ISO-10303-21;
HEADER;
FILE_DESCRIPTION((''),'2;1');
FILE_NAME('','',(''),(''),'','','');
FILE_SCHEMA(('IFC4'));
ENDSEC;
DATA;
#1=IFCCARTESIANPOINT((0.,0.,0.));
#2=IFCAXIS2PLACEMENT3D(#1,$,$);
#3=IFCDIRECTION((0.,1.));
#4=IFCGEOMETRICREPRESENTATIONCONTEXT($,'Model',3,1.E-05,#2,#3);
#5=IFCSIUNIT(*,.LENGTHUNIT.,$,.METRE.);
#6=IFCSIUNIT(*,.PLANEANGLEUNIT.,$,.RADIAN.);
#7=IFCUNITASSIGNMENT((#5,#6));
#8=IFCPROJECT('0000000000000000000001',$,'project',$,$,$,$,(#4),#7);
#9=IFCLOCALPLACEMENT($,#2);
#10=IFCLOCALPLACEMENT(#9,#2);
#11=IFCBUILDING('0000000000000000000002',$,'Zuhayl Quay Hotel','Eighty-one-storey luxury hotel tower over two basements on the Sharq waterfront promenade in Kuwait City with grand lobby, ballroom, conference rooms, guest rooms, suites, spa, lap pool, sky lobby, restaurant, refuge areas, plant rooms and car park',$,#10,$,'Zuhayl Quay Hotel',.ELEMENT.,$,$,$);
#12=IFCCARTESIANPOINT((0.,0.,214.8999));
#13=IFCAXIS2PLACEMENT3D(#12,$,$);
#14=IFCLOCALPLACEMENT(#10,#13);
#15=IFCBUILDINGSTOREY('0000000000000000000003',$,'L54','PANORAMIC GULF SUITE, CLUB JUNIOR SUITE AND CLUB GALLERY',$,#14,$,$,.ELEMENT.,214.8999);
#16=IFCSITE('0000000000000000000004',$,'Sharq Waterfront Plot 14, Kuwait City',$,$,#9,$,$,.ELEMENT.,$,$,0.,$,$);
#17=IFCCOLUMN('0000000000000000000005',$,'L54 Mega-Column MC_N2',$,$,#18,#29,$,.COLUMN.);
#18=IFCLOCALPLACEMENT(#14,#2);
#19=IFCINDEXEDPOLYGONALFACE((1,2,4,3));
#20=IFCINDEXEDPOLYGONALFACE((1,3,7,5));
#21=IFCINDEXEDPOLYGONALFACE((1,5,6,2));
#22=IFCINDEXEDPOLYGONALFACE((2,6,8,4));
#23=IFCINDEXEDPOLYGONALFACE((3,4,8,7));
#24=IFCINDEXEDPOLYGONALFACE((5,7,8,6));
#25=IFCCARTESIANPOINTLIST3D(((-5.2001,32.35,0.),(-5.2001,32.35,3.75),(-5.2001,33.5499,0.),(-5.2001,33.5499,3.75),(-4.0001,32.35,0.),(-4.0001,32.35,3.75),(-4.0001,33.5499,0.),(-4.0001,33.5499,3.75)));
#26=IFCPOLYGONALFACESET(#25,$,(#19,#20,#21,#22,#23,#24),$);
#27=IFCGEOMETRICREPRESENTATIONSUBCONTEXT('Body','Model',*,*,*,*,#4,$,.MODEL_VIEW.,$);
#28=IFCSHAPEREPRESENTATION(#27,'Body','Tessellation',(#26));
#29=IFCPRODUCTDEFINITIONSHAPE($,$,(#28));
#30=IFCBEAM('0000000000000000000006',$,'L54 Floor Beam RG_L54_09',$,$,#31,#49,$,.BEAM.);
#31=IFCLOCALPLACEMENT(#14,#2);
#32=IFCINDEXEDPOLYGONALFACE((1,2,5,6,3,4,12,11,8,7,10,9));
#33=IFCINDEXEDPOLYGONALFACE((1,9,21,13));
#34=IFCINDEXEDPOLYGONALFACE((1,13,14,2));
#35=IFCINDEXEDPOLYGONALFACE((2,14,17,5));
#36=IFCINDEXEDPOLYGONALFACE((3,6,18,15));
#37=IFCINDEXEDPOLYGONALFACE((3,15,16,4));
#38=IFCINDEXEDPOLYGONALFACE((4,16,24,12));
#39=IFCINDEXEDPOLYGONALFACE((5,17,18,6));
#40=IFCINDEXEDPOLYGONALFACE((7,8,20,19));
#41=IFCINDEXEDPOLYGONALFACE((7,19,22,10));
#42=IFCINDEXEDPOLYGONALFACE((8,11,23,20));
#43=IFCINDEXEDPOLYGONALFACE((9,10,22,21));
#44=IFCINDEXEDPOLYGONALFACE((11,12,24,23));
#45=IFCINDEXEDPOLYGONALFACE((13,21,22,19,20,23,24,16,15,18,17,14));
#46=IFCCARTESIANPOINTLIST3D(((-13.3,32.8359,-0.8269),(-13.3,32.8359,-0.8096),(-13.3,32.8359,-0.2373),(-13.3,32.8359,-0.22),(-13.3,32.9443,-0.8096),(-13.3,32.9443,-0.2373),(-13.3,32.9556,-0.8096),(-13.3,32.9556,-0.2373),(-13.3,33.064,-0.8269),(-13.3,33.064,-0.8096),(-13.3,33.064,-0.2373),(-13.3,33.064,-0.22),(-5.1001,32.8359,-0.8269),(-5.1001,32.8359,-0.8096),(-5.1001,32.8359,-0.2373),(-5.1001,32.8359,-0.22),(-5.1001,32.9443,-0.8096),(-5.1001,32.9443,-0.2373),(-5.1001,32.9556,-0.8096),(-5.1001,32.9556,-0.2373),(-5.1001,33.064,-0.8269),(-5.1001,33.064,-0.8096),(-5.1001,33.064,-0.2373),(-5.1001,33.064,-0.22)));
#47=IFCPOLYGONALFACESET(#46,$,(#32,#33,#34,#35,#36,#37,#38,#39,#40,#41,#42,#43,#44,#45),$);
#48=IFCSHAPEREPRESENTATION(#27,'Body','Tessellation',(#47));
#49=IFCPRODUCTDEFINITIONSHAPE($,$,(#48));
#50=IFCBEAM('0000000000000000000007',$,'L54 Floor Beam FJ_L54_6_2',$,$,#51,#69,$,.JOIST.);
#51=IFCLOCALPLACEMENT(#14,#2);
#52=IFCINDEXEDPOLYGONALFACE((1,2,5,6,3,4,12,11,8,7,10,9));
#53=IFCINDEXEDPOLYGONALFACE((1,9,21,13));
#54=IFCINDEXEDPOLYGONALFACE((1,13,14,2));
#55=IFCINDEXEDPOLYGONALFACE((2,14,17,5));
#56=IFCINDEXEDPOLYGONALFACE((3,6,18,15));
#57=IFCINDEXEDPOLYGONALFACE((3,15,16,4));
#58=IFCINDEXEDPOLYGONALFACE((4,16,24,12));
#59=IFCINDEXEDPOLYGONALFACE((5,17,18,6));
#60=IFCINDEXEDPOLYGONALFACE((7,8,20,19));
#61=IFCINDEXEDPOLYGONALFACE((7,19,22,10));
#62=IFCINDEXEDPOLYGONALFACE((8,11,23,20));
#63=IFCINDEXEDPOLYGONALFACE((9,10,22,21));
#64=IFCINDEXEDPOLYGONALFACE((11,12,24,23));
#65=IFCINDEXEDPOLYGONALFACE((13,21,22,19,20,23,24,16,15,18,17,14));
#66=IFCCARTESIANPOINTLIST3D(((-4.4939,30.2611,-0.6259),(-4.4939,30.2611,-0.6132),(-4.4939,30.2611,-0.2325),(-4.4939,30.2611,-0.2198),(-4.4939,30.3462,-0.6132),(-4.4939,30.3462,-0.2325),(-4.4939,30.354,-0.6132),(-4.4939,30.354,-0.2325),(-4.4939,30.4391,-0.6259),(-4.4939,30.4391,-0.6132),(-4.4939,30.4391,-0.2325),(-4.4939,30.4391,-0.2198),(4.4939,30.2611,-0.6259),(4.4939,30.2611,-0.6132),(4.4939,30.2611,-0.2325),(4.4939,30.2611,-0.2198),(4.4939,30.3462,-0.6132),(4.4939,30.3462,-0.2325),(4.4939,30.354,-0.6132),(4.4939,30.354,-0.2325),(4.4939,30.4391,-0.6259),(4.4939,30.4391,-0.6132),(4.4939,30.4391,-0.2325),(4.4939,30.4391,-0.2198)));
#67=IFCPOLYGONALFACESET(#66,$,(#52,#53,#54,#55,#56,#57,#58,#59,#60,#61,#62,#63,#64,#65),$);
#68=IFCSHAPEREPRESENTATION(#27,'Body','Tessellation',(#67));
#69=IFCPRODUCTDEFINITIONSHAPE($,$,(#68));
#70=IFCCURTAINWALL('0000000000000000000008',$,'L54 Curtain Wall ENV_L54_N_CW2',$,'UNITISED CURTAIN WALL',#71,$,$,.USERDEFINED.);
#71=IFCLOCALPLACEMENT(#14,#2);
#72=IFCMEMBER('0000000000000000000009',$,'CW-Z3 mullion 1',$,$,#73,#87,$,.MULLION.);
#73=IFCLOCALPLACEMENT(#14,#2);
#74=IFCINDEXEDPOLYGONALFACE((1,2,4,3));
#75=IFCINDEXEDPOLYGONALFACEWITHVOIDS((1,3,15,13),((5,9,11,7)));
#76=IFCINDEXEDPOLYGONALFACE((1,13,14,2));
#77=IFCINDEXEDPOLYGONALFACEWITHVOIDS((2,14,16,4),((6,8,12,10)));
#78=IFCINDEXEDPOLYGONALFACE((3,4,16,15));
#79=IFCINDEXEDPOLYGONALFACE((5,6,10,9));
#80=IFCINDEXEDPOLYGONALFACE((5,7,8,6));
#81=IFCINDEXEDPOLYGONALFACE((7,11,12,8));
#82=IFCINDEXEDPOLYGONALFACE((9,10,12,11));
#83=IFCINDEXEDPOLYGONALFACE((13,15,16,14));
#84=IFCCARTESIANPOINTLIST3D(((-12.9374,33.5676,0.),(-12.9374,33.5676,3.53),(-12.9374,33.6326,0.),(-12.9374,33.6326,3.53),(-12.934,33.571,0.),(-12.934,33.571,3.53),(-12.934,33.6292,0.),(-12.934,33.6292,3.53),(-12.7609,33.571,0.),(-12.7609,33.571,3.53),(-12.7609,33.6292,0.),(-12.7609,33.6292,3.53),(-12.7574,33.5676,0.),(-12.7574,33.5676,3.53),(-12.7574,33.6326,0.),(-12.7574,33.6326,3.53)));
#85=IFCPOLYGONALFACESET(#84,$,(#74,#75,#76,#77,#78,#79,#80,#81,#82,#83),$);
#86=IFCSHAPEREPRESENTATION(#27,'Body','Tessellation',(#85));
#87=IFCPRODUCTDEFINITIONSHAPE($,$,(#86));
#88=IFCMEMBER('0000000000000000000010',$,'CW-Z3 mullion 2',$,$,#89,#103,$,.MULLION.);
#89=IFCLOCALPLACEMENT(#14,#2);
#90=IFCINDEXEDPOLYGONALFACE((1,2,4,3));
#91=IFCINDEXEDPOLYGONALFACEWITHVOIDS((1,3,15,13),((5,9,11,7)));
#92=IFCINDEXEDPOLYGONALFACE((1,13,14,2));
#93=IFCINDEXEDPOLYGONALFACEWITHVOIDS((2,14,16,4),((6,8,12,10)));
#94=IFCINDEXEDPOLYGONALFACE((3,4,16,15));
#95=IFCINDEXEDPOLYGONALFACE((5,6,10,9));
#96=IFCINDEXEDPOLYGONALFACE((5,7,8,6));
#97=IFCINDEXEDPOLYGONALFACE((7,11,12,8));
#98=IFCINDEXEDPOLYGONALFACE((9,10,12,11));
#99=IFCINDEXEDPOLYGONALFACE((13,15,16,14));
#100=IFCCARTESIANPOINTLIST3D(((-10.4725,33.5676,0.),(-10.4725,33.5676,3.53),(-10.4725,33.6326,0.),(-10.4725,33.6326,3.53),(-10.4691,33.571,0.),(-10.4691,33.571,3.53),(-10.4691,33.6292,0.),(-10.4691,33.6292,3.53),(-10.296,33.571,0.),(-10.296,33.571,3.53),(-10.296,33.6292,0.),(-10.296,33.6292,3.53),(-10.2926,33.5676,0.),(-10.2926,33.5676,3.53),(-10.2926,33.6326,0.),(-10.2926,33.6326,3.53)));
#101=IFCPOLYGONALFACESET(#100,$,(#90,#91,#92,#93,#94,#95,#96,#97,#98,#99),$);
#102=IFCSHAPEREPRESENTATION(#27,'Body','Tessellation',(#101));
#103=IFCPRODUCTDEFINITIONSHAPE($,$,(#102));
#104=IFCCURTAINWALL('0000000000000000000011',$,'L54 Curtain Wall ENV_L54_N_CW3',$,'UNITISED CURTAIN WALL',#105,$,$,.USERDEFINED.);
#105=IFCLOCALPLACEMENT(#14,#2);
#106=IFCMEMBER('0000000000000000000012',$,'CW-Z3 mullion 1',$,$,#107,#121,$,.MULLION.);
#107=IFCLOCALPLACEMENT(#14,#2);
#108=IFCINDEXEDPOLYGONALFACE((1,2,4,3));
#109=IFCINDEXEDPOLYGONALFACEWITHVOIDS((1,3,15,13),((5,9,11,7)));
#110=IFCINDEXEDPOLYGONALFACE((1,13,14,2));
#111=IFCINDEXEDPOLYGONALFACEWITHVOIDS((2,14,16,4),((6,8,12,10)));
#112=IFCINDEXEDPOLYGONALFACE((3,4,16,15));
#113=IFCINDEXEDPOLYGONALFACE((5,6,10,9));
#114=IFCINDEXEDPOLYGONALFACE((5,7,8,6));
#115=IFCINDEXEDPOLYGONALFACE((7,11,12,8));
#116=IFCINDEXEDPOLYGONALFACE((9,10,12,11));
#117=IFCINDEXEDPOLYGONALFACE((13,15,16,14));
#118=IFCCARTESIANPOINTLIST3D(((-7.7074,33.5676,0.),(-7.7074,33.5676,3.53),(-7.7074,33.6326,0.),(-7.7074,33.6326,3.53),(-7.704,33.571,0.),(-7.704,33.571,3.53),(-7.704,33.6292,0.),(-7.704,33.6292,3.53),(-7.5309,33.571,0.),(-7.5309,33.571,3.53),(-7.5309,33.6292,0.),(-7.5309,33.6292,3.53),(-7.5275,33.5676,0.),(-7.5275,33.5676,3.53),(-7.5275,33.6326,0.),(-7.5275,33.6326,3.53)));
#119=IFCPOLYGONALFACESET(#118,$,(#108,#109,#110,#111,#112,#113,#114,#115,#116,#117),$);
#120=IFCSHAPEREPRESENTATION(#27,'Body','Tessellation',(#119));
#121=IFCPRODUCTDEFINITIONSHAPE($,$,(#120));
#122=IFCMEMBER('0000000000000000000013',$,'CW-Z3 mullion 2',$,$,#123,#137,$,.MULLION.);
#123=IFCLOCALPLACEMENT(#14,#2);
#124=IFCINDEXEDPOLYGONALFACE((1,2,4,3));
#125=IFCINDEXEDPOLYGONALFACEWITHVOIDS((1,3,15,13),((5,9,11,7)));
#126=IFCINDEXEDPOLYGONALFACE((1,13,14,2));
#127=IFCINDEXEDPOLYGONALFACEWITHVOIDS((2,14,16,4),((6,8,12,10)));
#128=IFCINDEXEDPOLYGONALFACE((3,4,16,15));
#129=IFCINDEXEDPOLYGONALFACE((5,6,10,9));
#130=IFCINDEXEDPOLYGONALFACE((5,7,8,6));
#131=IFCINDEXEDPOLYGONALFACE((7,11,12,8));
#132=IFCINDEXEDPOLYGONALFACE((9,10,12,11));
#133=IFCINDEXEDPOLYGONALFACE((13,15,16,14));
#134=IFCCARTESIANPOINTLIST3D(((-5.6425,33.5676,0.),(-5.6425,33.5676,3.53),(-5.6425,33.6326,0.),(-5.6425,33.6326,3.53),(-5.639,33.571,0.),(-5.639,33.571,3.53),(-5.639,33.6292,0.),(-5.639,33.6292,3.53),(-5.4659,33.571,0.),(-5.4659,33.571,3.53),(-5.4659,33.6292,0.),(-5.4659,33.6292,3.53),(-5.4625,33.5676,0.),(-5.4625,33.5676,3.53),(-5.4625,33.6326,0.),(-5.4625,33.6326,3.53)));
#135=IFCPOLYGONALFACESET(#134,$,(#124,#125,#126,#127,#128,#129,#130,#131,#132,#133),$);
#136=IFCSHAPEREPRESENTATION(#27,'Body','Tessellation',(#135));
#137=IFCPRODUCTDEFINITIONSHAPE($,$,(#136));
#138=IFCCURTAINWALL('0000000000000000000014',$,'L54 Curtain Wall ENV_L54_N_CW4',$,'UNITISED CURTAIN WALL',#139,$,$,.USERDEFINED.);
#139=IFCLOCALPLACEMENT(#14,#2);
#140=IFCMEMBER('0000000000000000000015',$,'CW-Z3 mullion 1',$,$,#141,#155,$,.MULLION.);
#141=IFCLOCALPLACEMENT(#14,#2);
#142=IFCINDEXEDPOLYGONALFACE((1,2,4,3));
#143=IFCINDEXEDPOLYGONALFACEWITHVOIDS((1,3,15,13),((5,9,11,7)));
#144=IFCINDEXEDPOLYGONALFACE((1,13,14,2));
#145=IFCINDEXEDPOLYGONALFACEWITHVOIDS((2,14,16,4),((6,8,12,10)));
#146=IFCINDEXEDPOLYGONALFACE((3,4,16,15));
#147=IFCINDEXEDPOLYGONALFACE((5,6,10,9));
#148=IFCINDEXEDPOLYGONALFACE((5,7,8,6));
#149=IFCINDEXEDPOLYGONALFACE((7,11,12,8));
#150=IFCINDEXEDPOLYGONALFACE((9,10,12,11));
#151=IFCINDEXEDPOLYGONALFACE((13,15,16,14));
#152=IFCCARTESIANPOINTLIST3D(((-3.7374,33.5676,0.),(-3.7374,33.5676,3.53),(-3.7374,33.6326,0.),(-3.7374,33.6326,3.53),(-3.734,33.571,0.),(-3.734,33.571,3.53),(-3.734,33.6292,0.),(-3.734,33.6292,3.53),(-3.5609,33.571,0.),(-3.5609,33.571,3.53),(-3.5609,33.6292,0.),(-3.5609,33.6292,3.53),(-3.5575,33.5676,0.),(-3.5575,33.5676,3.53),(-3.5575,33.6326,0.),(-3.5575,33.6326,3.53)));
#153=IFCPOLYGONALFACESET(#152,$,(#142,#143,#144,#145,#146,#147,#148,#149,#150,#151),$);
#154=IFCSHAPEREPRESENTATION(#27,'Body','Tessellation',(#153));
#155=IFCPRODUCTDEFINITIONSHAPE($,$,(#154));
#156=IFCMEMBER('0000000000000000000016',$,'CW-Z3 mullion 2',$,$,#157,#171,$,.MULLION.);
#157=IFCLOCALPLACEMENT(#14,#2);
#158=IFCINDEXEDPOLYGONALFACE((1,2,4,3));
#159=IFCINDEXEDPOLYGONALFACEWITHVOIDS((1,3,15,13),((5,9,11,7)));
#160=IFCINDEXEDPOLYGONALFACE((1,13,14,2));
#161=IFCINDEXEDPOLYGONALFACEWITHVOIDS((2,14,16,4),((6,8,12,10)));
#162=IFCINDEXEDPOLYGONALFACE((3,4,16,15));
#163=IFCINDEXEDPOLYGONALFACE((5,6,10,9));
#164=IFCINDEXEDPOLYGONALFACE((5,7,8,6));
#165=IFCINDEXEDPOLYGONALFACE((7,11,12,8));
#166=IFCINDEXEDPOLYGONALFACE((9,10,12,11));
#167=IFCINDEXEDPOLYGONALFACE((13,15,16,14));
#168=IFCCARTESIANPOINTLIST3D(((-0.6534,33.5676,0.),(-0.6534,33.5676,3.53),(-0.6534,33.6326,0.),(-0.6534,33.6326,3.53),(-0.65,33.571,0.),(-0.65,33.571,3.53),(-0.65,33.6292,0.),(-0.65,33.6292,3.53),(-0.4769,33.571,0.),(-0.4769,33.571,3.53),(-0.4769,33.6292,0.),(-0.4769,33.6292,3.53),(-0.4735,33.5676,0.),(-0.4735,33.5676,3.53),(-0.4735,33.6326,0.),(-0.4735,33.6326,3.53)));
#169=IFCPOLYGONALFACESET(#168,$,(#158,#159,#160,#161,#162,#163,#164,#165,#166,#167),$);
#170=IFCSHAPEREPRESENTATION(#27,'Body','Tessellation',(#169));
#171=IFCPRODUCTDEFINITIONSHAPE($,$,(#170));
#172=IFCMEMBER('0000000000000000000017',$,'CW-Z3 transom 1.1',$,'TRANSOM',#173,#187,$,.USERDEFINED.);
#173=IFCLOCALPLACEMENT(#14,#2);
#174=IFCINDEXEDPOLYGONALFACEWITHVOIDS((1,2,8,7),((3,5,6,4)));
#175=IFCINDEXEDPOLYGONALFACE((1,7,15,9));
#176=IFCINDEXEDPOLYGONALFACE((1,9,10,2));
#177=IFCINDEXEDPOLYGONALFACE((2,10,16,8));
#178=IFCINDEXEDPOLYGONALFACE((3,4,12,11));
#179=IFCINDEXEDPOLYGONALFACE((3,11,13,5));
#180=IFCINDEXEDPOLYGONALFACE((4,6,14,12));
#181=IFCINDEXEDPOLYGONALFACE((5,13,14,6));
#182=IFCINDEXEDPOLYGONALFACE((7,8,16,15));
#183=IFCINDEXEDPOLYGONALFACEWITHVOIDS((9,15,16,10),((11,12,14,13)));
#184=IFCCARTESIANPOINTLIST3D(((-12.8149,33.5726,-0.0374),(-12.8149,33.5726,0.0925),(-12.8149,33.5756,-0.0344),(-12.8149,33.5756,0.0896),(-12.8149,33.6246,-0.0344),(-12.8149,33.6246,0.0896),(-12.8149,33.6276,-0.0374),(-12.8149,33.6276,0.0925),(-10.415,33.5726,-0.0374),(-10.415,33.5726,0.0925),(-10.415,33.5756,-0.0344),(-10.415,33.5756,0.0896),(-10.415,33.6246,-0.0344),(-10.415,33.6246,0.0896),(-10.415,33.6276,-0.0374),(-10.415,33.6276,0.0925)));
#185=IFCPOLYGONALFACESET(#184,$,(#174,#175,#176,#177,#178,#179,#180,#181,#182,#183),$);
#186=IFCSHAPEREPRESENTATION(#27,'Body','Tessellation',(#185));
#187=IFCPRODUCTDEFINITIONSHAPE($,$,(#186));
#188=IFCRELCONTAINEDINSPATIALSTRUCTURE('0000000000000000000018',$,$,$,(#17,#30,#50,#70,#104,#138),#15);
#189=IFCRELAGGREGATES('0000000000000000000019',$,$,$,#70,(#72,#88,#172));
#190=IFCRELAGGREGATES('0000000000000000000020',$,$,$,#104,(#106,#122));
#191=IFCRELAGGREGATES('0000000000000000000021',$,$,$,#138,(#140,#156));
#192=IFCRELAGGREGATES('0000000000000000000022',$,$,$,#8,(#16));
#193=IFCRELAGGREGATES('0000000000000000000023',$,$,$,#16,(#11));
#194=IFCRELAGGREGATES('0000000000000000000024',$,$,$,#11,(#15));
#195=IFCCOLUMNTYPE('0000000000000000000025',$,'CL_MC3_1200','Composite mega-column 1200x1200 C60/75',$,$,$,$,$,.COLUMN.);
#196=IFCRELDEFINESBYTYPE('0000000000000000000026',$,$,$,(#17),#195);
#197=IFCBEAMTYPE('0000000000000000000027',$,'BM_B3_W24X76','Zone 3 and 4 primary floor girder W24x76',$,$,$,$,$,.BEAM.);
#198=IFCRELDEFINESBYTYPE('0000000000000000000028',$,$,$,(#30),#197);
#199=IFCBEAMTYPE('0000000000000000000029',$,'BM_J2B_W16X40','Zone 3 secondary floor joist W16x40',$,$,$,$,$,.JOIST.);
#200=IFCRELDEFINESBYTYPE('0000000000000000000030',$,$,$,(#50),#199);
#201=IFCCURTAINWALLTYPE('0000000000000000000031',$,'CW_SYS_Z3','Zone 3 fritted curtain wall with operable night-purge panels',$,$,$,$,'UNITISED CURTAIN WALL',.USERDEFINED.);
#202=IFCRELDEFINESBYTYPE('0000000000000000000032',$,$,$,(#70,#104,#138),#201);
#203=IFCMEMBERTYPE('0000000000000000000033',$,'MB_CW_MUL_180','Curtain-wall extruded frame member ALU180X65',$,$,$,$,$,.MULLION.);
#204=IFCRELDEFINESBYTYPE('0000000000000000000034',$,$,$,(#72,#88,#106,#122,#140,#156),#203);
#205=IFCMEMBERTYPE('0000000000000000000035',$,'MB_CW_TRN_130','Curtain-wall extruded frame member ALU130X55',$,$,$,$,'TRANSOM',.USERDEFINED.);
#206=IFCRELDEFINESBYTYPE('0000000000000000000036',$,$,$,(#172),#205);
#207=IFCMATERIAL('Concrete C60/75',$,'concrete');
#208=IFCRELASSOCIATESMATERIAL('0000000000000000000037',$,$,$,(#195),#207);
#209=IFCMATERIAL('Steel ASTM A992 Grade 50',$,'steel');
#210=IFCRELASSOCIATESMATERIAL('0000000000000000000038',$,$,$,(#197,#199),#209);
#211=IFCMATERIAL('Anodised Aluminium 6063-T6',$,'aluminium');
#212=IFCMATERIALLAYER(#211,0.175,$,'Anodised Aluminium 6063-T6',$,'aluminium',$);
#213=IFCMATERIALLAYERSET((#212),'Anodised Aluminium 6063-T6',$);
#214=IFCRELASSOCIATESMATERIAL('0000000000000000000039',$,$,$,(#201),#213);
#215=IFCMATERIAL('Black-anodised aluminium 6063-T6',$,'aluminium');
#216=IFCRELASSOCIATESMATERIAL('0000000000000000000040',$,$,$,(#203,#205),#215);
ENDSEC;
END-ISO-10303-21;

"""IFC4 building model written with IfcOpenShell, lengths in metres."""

from ifc_helpers import new_model, si_unit, direction, frame, origin, origin_2d, place, context, subcontext, project, spatial, rectangle, hollow_rectangle, i_section, extrude, material, layer, layer_set, material_profile, profile_set, type_object, element, aggregate, save


model = new_model("IFC4")

# Units and contexts
model_context = context("Model", 3, precision=1e-05, world=origin(), true_north=direction((0.0, 1.0)))
body_context = subcontext(model_context, "Body", "Model", "MODEL_VIEW")
ifc_project = project(units=[si_unit("LENGTHUNIT", "METRE"), si_unit("PLANEANGLEUNIT", "RADIAN")], contexts=[model_context])

# Site, building, storey
site_placement = place(None, origin())
site = spatial("IfcSite", under=ifc_project, at=site_placement, Name="Sharq Waterfront Plot 14, Kuwait City", CompositionType="ELEMENT", RefElevation=0.0)
building_placement = place(site_placement, origin())
building = spatial("IfcBuilding", under=site, at=building_placement, Name="Zuhayl Quay Hotel", Description="Eighty-one-storey luxury hotel tower over two basements on the Sharq waterfront promenade in Kuwait City with grand lobby, ballroom, conference rooms, guest rooms, suites, spa, lap pool, sky lobby, restaurant, refuge areas, plant rooms and car park", LongName="Zuhayl Quay Hotel", CompositionType="ELEMENT")
storey_placement = place(building_placement, frame((0.0, 0.0, 214.8999)))
storey = spatial("IfcBuildingStorey", under=building, at=storey_placement, Name="L54", Description="PANORAMIC GULF SUITE, CLUB JUNIOR SUITE AND CLUB GALLERY", CompositionType="ELEMENT", Elevation=214.8999)

# Column
ifc_material_1 = material(Name="Concrete C60/75", Category="concrete")
ifc_material_profile_1 = material_profile(ifc_material_1, rectangle(XDim=1.2, YDim=1.2, at=origin_2d()), Name="RC1200X1200")
ifc_profile_set_1 = profile_set([ifc_material_profile_1], Name="Concrete C60/75")
column_type = type_object("IfcColumnType", Name="CL_MC3_1200", Description="Composite mega-column 1200x1200 C60/75", PredefinedType="COLUMN", material=ifc_profile_set_1)
column_placement = place(storey_placement, frame((-4.6001, 32.95, 0.0), z_axis=(0.0, 0.0, 1.0), x_axis=(1.0, 0.0, 0.0)))
element("IfcColumn", 1, at=column_placement, inside=storey, type_object=column_type, Name="L54 Mega-Column MC_N2", PredefinedType="COLUMN", context=body_context, shape_type="SweptSolid", body=[
    extrude(rectangle(XDim=1.2, YDim=1.2, at=origin_2d()), origin(), (0.0, 0.0, 1.0), 3.75),
])

# Beams
ifc_material_2 = material(Name="Steel ASTM A992 Grade 50", Category="steel")
ifc_material_profile_2 = material_profile(ifc_material_2, i_section(OverallWidth=0.228, OverallDepth=0.6069, WebThickness=0.0112, FlangeThickness=0.0173, at=origin_2d()), Name="W24X76")
ifc_profile_set_2 = profile_set([ifc_material_profile_2], Name="Steel ASTM A992 Grade 50")
beam_type_1 = type_object("IfcBeamType", Name="BM_B3_W24X76", Description="Zone 3 and 4 primary floor girder W24x76", PredefinedType="BEAM", material=ifc_profile_set_2)
beam_1_placement = place(storey_placement, frame((-5.1001, 32.95, -0.5234), z_axis=(-1.0, 0.0, 0.0), x_axis=(0.0, -1.0, 0.0)))
element("IfcBeam", 2, at=beam_1_placement, inside=storey, type_object=beam_type_1, Name="L54 Floor Beam RG_L54_09", PredefinedType="BEAM", context=body_context, shape_type="SweptSolid", body=[
    extrude(i_section(OverallWidth=0.228, OverallDepth=0.6069, WebThickness=0.0112, FlangeThickness=0.0173, at=origin_2d()), origin(), (0.0, 0.0, 1.0), 8.2),
])
ifc_material_profile_3 = material_profile(ifc_material_2, i_section(OverallWidth=0.178, OverallDepth=0.406, WebThickness=0.0078, FlangeThickness=0.0127, at=origin_2d()), Name="W16X40")
ifc_profile_set_3 = profile_set([ifc_material_profile_3], Name="Steel ASTM A992 Grade 50")
beam_type_2 = type_object("IfcBeamType", Name="BM_J2B_W16X40", Description="Zone 3 secondary floor joist W16x40", PredefinedType="JOIST", material=ifc_profile_set_3)
beam_2_placement = place(storey_placement, frame((-4.4939, 30.3501, -0.4229), z_axis=(1.0, 0.0, 0.0), x_axis=(0.0, 1.0, 0.0)))
element("IfcBeam", 3, at=beam_2_placement, inside=storey, type_object=beam_type_2, Name="L54 Floor Beam FJ_L54_6_2", PredefinedType="JOIST", context=body_context, shape_type="SweptSolid", body=[
    extrude(i_section(OverallWidth=0.178, OverallDepth=0.406, WebThickness=0.0078, FlangeThickness=0.0127, at=origin_2d()), origin(), (0.0, 0.0, 1.0), 8.9878),
])

# Curtain walls, members
ifc_material_3 = material(Name="Anodised Aluminium 6063-T6", Category="aluminium")
ifc_layer_1 = layer(ifc_material_3, 0.175, Name="Anodised Aluminium 6063-T6", Category="aluminium")
ifc_layer_set_1 = layer_set([ifc_layer_1], Name="Anodised Aluminium 6063-T6")
curtain_wall_type = type_object("IfcCurtainWallType", Name="CW_SYS_Z3", Description="Zone 3 fritted curtain wall with operable night-purge panels", ElementType="UNITISED CURTAIN WALL", PredefinedType="USERDEFINED", material=ifc_layer_set_1)
curtain_wall_1_placement = place(storey_placement, origin())
curtain_wall_1 = element("IfcCurtainWall", 4, at=curtain_wall_1_placement, inside=storey, type_object=curtain_wall_type, Name="L54 Curtain Wall ENV_L54_N_CW2", ObjectType="UNITISED CURTAIN WALL", PredefinedType="USERDEFINED")
ifc_material_4 = material(Name="Black-anodised aluminium 6063-T6", Category="aluminium")
ifc_material_profile_4 = material_profile(ifc_material_4, hollow_rectangle(XDim=0.0649, YDim=0.1799, WallThickness=0.0034, at=origin_2d()), Name="ALU180X65")
ifc_profile_set_4 = profile_set([ifc_material_profile_4], Name="Black-anodised aluminium 6063-T6")
member_type_1 = type_object("IfcMemberType", Name="MB_CW_MUL_180", Description="Curtain-wall extruded frame member ALU180X65", PredefinedType="MULLION", material=ifc_profile_set_4)
member_1_placement = place(storey_placement, frame((-12.8474, 33.6001, 0.0), z_axis=(0.0, 0.0, 1.0), x_axis=(0.0, 1.0, 0.0)))
member_1 = element("IfcMember", 5, at=member_1_placement, type_object=member_type_1, Name="CW-Z3 mullion 1", PredefinedType="MULLION", context=body_context, shape_type="SweptSolid", body=[
    extrude(hollow_rectangle(XDim=0.0649, YDim=0.1799, WallThickness=0.0034, at=origin_2d()), origin(), (0.0, 0.0, 1.0), 3.53),
])
member_2_placement = place(storey_placement, frame((-10.3826, 33.6001, 0.0), z_axis=(0.0, 0.0, 1.0), x_axis=(0.0, 1.0, 0.0)))
member_2 = element("IfcMember", 6, at=member_2_placement, type_object=member_type_1, Name="CW-Z3 mullion 2", PredefinedType="MULLION", context=body_context, shape_type="SweptSolid", body=[
    extrude(hollow_rectangle(XDim=0.0649, YDim=0.1799, WallThickness=0.0034, at=origin_2d()), origin(), (0.0, 0.0, 1.0), 3.53),
])
curtain_wall_2_placement = place(storey_placement, origin())
curtain_wall_2 = element("IfcCurtainWall", 7, at=curtain_wall_2_placement, inside=storey, type_object=curtain_wall_type, Name="L54 Curtain Wall ENV_L54_N_CW3", ObjectType="UNITISED CURTAIN WALL", PredefinedType="USERDEFINED")
member_3_placement = place(storey_placement, frame((-7.6174, 33.6001, 0.0), z_axis=(0.0, 0.0, 1.0), x_axis=(0.0, 1.0, 0.0)))
member_3 = element("IfcMember", 8, at=member_3_placement, type_object=member_type_1, Name="CW-Z3 mullion 1", PredefinedType="MULLION", context=body_context, shape_type="SweptSolid", body=[
    extrude(hollow_rectangle(XDim=0.0649, YDim=0.1799, WallThickness=0.0034, at=origin_2d()), origin(), (0.0, 0.0, 1.0), 3.53),
])
member_4_placement = place(storey_placement, frame((-5.5525, 33.6001, 0.0), z_axis=(0.0, 0.0, 1.0), x_axis=(0.0, 1.0, 0.0)))
member_4 = element("IfcMember", 9, at=member_4_placement, type_object=member_type_1, Name="CW-Z3 mullion 2", PredefinedType="MULLION", context=body_context, shape_type="SweptSolid", body=[
    extrude(hollow_rectangle(XDim=0.0649, YDim=0.1799, WallThickness=0.0034, at=origin_2d()), origin(), (0.0, 0.0, 1.0), 3.53),
])
curtain_wall_3_placement = place(storey_placement, origin())
curtain_wall_3 = element("IfcCurtainWall", 10, at=curtain_wall_3_placement, inside=storey, type_object=curtain_wall_type, Name="L54 Curtain Wall ENV_L54_N_CW4", ObjectType="UNITISED CURTAIN WALL", PredefinedType="USERDEFINED")
member_5_placement = place(storey_placement, frame((-3.6475, 33.6001, 0.0), z_axis=(0.0, 0.0, 1.0), x_axis=(0.0, 1.0, 0.0)))
member_5 = element("IfcMember", 11, at=member_5_placement, type_object=member_type_1, Name="CW-Z3 mullion 1", PredefinedType="MULLION", context=body_context, shape_type="SweptSolid", body=[
    extrude(hollow_rectangle(XDim=0.0649, YDim=0.1799, WallThickness=0.0034, at=origin_2d()), origin(), (0.0, 0.0, 1.0), 3.53),
])
member_6_placement = place(storey_placement, frame((-0.5635, 33.6001, 0.0), z_axis=(0.0, 0.0, 1.0), x_axis=(0.0, 1.0, 0.0)))
member_6 = element("IfcMember", 12, at=member_6_placement, type_object=member_type_1, Name="CW-Z3 mullion 2", PredefinedType="MULLION", context=body_context, shape_type="SweptSolid", body=[
    extrude(hollow_rectangle(XDim=0.0649, YDim=0.1799, WallThickness=0.0034, at=origin_2d()), origin(), (0.0, 0.0, 1.0), 3.53),
])

# Member
ifc_material_profile_5 = material_profile(ifc_material_4, hollow_rectangle(XDim=0.0549, YDim=0.1299, WallThickness=0.0029, at=origin_2d()), Name="ALU130X55")
ifc_profile_set_5 = profile_set([ifc_material_profile_5], Name="Black-anodised aluminium 6063-T6")
member_type_2 = type_object("IfcMemberType", Name="MB_CW_TRN_130", Description="Curtain-wall extruded frame member ALU130X55", ElementType="TRANSOM", PredefinedType="USERDEFINED", material=ifc_profile_set_5)
member_7_placement = place(storey_placement, frame((-12.8149, 33.6001, 0.0276), z_axis=(1.0, 0.0, 0.0), x_axis=(0.0, 1.0, 0.0)))
member_7 = element("IfcMember", 13, at=member_7_placement, type_object=member_type_2, Name="CW-Z3 transom 1.1", ObjectType="TRANSOM", PredefinedType="USERDEFINED", context=body_context, shape_type="SweptSolid", body=[
    extrude(hollow_rectangle(XDim=0.0549, YDim=0.1299, WallThickness=0.0029, at=origin_2d()), origin(), (0.0, 0.0, 1.0), 2.3999),
])

aggregate(curtain_wall_1, [member_1, member_2, member_7])
aggregate(curtain_wall_2, [member_3, member_4])
aggregate(curtain_wall_3, [member_5, member_6])

save(model, "model.ifc")
